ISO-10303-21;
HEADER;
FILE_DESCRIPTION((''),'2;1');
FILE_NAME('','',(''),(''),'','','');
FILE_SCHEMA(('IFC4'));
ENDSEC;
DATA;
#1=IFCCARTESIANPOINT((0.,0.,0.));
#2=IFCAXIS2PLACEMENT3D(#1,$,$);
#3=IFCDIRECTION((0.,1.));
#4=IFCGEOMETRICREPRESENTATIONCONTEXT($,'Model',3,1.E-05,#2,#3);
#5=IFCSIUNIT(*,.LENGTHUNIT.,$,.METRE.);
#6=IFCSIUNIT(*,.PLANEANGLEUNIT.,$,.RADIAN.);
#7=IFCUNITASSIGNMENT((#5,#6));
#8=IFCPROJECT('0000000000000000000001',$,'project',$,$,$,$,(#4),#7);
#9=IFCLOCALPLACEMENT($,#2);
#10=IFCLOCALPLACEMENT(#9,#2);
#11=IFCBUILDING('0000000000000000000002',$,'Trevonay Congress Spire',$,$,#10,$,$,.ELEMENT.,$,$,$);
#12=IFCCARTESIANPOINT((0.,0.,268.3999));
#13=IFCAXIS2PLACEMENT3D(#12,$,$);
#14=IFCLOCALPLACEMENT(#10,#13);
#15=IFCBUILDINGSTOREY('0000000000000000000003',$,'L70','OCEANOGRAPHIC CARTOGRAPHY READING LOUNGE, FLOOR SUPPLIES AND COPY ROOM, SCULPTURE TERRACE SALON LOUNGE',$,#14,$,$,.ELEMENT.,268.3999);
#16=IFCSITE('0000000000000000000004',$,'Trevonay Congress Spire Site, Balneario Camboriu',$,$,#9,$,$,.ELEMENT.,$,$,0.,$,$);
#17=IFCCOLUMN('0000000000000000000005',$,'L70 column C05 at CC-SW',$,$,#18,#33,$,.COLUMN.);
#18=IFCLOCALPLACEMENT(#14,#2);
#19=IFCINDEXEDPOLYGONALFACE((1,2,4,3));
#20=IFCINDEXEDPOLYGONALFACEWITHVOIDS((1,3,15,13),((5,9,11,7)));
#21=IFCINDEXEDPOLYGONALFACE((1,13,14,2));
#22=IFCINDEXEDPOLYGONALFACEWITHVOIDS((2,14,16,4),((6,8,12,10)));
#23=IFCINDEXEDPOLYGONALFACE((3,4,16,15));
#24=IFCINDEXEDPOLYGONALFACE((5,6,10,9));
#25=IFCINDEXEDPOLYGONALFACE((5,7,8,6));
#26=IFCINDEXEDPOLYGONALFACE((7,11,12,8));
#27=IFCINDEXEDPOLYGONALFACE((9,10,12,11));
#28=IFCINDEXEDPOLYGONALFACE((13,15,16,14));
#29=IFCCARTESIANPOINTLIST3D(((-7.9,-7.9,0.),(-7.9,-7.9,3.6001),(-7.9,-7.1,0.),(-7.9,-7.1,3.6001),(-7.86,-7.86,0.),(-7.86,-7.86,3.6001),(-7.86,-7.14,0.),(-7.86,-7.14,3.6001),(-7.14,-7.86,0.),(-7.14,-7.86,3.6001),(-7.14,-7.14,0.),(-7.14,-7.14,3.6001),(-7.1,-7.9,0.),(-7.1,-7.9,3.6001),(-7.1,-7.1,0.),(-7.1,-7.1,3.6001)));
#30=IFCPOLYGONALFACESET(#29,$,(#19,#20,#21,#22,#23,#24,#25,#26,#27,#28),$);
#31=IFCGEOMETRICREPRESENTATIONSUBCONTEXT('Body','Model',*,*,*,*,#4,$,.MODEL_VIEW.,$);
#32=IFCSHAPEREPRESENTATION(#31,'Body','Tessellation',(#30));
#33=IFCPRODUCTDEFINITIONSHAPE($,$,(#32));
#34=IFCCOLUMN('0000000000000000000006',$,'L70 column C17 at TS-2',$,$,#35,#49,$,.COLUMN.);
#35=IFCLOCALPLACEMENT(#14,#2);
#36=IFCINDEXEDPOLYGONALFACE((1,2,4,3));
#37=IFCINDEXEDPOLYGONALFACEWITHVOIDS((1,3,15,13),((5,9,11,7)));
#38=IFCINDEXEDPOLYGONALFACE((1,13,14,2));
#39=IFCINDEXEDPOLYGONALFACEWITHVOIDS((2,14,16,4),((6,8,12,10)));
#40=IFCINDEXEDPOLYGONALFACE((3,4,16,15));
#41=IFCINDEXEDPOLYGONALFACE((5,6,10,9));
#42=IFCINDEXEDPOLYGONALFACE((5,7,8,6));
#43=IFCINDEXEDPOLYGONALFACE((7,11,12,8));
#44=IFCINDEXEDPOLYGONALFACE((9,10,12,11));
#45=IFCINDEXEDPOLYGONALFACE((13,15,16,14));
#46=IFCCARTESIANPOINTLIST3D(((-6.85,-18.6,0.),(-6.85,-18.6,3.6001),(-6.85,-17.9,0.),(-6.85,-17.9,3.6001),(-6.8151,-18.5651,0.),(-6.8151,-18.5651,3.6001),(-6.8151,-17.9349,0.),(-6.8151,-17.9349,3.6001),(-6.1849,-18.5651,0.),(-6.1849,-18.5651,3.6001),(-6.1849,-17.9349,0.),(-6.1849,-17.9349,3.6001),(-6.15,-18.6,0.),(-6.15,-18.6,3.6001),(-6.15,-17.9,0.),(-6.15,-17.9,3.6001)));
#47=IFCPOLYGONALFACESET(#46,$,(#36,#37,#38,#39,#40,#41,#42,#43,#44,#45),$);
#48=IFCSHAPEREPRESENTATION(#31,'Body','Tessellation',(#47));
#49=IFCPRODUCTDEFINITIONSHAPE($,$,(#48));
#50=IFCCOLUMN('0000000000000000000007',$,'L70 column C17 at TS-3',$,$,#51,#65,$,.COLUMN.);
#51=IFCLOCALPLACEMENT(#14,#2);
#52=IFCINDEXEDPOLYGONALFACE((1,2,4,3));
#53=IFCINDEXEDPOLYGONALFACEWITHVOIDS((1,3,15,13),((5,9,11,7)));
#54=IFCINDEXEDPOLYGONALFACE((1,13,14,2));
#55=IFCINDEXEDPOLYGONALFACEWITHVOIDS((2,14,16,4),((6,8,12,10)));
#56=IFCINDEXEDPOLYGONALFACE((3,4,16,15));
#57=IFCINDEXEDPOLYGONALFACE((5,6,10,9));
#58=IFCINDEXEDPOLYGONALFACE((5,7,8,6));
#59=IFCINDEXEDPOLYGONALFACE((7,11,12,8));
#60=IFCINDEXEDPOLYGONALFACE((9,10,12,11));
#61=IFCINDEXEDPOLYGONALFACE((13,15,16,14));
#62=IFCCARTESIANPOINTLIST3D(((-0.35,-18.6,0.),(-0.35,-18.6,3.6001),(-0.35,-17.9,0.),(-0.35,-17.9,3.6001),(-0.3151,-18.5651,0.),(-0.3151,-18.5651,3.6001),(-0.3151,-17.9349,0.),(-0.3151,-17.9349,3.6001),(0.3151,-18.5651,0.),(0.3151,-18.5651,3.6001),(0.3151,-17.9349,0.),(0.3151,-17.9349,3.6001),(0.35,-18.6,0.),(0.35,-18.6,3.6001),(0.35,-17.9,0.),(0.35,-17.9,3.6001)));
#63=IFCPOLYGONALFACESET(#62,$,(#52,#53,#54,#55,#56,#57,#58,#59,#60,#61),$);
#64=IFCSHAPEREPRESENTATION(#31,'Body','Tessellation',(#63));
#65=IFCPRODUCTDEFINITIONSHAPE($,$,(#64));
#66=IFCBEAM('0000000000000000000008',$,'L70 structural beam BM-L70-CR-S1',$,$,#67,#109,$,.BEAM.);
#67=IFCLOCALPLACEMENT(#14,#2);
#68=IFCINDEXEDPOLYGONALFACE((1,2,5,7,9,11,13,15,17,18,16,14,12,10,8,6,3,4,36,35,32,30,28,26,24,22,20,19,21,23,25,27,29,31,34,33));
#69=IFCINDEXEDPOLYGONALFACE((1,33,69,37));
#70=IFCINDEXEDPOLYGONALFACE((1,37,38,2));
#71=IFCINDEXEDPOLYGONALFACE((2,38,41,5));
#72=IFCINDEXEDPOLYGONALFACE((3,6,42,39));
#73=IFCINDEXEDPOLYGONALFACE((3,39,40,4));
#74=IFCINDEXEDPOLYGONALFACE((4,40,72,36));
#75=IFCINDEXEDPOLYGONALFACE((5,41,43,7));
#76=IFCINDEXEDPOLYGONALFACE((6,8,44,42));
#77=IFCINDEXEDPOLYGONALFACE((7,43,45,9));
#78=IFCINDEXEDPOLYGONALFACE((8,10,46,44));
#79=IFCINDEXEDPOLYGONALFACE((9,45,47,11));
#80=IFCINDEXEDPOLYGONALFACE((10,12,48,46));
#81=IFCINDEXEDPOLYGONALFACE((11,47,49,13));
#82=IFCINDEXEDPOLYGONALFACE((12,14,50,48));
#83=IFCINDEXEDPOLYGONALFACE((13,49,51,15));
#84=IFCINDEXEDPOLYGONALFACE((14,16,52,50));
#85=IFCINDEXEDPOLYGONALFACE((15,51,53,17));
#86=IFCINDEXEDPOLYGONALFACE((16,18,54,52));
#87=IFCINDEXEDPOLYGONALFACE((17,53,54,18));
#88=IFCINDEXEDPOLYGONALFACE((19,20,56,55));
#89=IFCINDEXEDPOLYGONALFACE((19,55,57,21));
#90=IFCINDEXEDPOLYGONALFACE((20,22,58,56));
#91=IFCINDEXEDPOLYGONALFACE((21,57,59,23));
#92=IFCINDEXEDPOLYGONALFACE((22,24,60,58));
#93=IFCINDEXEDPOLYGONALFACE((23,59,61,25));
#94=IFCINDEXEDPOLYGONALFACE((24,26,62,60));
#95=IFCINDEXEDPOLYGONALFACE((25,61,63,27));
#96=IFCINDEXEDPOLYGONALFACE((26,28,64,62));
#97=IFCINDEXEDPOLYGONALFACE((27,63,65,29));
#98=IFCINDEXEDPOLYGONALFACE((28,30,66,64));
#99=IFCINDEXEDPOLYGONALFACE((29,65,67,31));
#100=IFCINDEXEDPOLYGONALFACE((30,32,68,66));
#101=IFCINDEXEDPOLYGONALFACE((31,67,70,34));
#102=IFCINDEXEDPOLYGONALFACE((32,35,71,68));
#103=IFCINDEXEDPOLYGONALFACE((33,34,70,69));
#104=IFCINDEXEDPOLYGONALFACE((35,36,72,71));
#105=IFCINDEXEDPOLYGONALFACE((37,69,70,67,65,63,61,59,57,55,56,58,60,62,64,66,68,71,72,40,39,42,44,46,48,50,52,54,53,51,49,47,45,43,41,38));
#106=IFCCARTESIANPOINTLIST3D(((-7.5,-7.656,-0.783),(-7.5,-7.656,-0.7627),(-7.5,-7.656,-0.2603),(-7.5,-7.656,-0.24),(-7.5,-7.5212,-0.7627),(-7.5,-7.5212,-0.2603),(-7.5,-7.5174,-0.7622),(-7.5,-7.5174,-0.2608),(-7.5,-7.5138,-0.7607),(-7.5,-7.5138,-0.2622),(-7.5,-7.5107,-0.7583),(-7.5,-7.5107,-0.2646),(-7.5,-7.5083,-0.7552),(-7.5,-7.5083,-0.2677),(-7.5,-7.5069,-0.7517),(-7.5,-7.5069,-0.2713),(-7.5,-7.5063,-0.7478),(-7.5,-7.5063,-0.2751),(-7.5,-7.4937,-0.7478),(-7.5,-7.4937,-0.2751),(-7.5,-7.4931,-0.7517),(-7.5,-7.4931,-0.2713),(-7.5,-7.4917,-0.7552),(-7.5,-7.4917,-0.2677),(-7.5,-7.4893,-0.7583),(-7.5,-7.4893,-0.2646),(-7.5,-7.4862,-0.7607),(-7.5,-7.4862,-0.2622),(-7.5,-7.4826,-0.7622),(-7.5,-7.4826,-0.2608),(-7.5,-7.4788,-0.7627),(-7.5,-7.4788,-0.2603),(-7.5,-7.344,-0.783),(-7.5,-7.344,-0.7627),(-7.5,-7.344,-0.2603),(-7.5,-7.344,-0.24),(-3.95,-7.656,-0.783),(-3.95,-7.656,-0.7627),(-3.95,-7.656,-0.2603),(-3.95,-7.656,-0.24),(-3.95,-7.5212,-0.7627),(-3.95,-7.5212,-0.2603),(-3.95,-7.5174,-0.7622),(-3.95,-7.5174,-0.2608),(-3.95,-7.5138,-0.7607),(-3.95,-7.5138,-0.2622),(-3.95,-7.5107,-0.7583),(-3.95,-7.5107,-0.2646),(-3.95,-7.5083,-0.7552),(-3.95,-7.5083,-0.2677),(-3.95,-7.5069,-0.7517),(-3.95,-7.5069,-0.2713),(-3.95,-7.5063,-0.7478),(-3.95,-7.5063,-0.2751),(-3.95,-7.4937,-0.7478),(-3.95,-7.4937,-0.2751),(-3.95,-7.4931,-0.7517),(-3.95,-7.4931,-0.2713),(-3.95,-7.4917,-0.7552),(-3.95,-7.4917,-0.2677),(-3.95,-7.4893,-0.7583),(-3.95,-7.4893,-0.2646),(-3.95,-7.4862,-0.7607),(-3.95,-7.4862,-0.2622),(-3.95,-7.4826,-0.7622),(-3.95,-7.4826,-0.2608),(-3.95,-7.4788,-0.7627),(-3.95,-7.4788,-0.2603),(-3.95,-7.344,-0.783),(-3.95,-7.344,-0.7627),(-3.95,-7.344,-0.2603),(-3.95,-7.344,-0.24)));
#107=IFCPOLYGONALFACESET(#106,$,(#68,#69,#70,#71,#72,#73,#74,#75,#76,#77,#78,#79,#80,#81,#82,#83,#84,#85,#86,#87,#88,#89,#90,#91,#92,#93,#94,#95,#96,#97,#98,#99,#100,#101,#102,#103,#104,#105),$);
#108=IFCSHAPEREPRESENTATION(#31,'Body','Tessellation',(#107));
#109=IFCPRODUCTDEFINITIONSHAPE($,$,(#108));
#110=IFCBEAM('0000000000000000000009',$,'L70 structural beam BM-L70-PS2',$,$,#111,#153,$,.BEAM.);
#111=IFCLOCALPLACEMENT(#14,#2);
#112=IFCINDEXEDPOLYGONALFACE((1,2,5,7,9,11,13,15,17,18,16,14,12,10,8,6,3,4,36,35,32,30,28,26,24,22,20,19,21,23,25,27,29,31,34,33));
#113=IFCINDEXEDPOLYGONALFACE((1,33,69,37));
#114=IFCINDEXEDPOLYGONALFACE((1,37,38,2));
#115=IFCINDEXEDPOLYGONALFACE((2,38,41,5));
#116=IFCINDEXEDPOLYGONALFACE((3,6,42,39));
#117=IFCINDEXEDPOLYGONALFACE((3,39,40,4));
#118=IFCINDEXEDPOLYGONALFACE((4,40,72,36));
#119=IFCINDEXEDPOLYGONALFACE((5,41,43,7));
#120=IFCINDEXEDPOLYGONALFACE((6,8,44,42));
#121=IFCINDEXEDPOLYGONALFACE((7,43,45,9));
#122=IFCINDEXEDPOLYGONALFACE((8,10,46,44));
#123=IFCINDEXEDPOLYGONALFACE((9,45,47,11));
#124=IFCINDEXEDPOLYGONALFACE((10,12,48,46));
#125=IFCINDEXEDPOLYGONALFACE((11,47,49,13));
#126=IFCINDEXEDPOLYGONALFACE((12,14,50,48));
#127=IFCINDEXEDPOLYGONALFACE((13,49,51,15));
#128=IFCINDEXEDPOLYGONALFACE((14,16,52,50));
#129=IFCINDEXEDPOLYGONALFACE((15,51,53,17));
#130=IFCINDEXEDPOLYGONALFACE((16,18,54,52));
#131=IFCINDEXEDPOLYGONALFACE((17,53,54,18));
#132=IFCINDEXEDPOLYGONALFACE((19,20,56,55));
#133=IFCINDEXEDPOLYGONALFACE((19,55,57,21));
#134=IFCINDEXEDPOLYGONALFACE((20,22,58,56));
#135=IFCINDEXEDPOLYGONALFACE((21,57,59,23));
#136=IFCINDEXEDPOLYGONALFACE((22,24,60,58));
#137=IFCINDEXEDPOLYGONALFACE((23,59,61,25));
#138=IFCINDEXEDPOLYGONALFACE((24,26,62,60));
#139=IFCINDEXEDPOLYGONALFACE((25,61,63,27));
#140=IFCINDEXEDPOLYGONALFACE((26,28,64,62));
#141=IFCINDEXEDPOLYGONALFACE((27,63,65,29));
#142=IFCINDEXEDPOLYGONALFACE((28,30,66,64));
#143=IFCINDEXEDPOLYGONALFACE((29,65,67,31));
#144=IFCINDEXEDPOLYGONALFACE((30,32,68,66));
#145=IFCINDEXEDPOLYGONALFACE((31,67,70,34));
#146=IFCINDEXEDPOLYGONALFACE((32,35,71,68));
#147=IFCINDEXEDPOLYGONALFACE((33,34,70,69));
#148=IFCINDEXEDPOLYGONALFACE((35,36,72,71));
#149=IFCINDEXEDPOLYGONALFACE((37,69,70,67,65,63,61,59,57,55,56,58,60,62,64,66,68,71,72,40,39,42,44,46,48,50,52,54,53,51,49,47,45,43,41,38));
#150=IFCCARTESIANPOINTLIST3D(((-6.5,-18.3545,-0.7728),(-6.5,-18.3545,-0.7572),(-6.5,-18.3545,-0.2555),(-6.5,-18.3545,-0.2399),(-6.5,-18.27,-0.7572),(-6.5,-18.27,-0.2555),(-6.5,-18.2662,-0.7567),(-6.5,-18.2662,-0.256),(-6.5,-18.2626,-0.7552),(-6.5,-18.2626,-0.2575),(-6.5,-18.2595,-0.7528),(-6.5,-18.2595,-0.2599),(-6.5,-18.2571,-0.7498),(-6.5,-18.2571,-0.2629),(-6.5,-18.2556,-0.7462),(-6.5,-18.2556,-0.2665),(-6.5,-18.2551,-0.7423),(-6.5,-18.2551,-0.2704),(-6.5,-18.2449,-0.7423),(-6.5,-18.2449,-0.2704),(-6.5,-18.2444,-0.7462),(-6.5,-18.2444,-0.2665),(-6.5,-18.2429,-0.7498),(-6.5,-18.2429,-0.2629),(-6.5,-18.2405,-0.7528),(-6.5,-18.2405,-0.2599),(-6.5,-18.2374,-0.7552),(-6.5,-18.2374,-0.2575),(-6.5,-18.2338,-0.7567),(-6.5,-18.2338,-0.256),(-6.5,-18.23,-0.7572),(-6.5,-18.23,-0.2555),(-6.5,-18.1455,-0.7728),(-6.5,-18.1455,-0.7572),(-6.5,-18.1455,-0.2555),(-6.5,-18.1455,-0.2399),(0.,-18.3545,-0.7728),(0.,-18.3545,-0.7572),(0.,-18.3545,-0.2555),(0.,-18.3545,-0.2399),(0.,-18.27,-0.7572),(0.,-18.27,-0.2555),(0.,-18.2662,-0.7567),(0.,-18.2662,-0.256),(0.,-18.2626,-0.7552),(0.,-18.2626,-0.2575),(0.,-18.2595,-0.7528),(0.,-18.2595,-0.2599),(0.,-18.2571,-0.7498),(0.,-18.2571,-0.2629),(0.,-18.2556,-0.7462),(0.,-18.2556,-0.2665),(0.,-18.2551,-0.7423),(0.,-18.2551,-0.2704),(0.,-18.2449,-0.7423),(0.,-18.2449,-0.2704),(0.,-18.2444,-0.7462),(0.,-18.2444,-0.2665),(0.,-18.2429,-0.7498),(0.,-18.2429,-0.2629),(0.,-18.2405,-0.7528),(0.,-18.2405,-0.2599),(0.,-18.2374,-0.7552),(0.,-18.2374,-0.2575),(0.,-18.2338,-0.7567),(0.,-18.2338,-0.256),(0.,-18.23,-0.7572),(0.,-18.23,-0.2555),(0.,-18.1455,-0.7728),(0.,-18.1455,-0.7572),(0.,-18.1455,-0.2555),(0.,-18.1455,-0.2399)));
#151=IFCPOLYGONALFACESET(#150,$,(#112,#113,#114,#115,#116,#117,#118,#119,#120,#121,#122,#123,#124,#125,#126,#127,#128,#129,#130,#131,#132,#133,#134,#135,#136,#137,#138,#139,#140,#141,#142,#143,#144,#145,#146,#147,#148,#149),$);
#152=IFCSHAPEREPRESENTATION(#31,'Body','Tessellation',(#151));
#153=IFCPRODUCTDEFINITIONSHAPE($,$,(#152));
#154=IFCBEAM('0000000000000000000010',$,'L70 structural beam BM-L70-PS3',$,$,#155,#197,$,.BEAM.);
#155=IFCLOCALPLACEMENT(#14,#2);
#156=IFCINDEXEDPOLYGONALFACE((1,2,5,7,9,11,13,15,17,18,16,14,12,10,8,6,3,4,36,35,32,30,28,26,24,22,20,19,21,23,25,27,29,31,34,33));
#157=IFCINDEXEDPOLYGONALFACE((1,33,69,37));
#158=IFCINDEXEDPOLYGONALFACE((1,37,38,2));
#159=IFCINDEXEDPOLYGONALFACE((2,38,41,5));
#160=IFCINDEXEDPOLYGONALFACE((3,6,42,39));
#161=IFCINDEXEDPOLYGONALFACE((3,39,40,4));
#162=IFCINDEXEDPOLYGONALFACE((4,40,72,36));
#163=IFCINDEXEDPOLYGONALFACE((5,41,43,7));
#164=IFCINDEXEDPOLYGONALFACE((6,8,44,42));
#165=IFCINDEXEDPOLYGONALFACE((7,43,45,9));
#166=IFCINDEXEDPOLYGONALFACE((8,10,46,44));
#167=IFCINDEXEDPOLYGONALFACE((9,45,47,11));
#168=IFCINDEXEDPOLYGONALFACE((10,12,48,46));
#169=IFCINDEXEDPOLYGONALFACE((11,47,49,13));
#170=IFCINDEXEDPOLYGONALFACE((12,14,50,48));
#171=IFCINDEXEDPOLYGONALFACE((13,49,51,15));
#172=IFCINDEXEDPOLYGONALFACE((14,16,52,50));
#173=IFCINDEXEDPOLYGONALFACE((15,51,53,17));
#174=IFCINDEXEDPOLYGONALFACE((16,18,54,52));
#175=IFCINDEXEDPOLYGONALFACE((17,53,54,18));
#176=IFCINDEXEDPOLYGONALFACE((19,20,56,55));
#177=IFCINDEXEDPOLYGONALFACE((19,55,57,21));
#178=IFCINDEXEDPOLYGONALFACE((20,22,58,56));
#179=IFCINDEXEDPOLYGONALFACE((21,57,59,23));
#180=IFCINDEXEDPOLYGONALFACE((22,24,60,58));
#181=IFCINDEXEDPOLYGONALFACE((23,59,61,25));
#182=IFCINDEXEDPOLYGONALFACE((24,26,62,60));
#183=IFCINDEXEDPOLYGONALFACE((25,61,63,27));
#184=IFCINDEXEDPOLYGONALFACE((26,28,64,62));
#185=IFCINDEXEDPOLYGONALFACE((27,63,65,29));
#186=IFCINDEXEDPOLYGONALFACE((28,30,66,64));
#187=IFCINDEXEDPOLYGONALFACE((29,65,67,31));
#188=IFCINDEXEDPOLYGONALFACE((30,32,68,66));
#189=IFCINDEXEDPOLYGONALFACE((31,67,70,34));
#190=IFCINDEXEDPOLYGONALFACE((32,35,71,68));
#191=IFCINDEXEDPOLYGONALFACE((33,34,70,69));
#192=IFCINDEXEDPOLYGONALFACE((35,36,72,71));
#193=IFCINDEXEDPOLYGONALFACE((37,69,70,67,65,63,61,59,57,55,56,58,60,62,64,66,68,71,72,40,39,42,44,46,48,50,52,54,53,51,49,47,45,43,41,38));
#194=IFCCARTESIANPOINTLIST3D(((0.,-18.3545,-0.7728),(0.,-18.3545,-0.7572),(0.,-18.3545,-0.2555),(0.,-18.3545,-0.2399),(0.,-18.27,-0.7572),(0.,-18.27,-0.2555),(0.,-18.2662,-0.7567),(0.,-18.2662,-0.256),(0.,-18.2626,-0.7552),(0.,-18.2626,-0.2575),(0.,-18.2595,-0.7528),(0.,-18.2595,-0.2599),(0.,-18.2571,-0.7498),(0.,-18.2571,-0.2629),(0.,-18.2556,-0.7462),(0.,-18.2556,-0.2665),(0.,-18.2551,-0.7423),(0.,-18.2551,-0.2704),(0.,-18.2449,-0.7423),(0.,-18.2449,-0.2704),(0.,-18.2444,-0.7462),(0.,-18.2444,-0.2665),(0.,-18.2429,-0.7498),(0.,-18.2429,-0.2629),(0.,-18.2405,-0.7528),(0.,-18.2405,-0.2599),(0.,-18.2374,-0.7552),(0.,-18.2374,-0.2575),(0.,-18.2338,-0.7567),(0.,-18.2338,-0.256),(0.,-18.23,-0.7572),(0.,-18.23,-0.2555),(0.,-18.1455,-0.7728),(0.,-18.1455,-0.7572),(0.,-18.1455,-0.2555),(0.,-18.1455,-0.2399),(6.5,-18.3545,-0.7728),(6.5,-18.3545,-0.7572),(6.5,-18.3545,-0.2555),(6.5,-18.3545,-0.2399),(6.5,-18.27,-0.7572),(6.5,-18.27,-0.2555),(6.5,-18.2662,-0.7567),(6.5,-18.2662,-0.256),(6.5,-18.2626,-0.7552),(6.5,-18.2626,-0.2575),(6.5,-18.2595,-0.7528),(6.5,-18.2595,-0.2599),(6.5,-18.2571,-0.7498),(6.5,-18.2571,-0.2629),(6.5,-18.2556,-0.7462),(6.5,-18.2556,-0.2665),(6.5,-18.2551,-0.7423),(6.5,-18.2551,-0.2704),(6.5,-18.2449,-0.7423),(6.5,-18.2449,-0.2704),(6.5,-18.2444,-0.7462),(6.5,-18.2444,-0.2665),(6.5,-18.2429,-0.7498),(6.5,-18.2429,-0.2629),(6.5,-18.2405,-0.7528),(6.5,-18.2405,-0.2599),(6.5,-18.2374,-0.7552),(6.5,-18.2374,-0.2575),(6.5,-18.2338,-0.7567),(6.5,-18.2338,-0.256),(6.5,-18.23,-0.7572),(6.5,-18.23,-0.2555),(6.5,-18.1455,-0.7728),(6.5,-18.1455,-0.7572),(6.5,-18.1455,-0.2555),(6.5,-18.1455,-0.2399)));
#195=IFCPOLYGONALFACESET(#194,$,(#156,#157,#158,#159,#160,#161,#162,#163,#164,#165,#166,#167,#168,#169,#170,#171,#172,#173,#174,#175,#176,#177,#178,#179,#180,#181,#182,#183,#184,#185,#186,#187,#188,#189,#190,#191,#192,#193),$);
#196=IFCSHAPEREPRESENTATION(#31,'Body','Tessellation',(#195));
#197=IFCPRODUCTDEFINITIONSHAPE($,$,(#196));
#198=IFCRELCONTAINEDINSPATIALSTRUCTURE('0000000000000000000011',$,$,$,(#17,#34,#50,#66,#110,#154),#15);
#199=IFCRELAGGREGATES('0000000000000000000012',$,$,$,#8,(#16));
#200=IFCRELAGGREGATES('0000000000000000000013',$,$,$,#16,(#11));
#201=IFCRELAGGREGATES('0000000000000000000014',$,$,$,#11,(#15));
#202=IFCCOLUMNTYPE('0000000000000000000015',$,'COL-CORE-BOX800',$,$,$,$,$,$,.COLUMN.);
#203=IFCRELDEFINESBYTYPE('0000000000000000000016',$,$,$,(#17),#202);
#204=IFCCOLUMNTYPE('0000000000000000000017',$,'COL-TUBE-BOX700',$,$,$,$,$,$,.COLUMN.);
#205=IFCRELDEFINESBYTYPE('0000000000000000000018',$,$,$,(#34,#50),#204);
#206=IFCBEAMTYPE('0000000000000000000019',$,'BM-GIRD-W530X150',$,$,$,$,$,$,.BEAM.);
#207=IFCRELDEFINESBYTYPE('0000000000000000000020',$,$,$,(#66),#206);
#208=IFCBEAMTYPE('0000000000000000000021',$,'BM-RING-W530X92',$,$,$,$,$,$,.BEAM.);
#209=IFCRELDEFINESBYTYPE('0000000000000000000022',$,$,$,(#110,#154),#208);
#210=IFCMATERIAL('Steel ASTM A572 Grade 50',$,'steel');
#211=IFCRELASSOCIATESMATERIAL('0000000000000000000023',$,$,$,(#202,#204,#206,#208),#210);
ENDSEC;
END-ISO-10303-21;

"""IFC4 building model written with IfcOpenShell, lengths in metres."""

from ifc_helpers import new_model, si_unit, direction, frame, origin, origin_2d, place, context, subcontext, project, spatial, hollow_rectangle, i_section, extrude, material, material_profile, profile_set, type_object, element, save


model = new_model("IFC4")

# Units and contexts
model_context = context("Model", 3, precision=1e-05, world=origin(), true_north=direction((0.0, 1.0)))
body_context = subcontext(model_context, "Body", "Model", "MODEL_VIEW")
ifc_project = project(units=[si_unit("LENGTHUNIT", "METRE"), si_unit("PLANEANGLEUNIT", "RADIAN")], contexts=[model_context])

# Site, building, storey
site_placement = place(None, origin())
site = spatial("IfcSite", under=ifc_project, at=site_placement, Name="Trevonay Congress Spire Site, Balneario Camboriu", CompositionType="ELEMENT", RefElevation=0.0)
building_placement = place(site_placement, origin())
building = spatial("IfcBuilding", under=site, at=building_placement, Name="Trevonay Congress Spire", CompositionType="ELEMENT")
storey_placement = place(building_placement, frame((0.0, 0.0, 268.3999)))
storey = spatial("IfcBuildingStorey", under=building, at=storey_placement, Name="L70", Description="OCEANOGRAPHIC CARTOGRAPHY READING LOUNGE, FLOOR SUPPLIES AND COPY ROOM, SCULPTURE TERRACE SALON LOUNGE", CompositionType="ELEMENT", Elevation=268.3999)

# Columns
ifc_material_1 = material(Name="Steel ASTM A572 Grade 50", Category="steel")
ifc_material_profile_1 = material_profile(ifc_material_1, hollow_rectangle(XDim=0.8, YDim=0.8, WallThickness=0.04, at=origin_2d()), Name="BOX 800x800x40")
ifc_profile_set_1 = profile_set([ifc_material_profile_1], Name="Steel ASTM A572 Grade 50")
column_type_1 = type_object("IfcColumnType", Name="COL-CORE-BOX800", PredefinedType="COLUMN", material=ifc_profile_set_1)
column_placement = place(storey_placement, frame((-7.5, -7.5, 0.0), z_axis=(0.0, 0.0, 1.0), x_axis=(1.0, 0.0, 0.0)))
element("IfcColumn", 1, at=column_placement, inside=storey, type_object=column_type_1, Name="L70 column C05 at CC-SW", PredefinedType="COLUMN", context=body_context, shape_type="SweptSolid", body=[
    extrude(hollow_rectangle(XDim=0.8, YDim=0.8, WallThickness=0.04, at=origin_2d()), origin(), (0.0, 0.0, 1.0), 3.6001),
])
ifc_material_profile_2 = material_profile(ifc_material_1, hollow_rectangle(XDim=0.7, YDim=0.7, WallThickness=0.0349, at=origin_2d()), Name="BOX 700x700x35")
ifc_profile_set_2 = profile_set([ifc_material_profile_2], Name="Steel ASTM A572 Grade 50")
column_type_2 = type_object("IfcColumnType", Name="COL-TUBE-BOX700", PredefinedType="COLUMN", material=ifc_profile_set_2)
for number, where, z_axis, x_axis, name in (
    (2, (-6.5, -18.25, 0.0), (0.0, 0.0, 1.0), (1.0, 0.0, 0.0), "L70 column C17 at TS-2"),
    (3, (0.0, -18.25, 0.0), (0.0, 0.0, 1.0), (1.0, 0.0, 0.0), "L70 column C17 at TS-3"),
):
    element("IfcColumn", number, at=place(storey_placement, frame(where, z_axis=z_axis, x_axis=x_axis)), inside=storey, type_object=column_type_2, Name=name, PredefinedType="COLUMN", context=body_context, shape_type="SweptSolid", body=[
        extrude(hollow_rectangle(XDim=0.7, YDim=0.7, WallThickness=0.0349, at=origin_2d()), origin(), (0.0, 0.0, 1.0), 3.6001),
    ])

# Beams
ifc_material_profile_3 = material_profile(ifc_material_1, i_section(OverallWidth=0.312, OverallDepth=0.543, WebThickness=0.0127, FlangeThickness=0.0203, FilletRadius=0.0149, at=origin_2d()), Name="W530x150")
ifc_profile_set_3 = profile_set([ifc_material_profile_3], Name="Steel ASTM A572 Grade 50")
beam_type_1 = type_object("IfcBeamType", Name="BM-GIRD-W530X150", PredefinedType="BEAM", material=ifc_profile_set_3)
beam_1_placement = place(storey_placement, frame((-7.5, -7.5, -0.5115), z_axis=(1.0, 0.0, 0.0), x_axis=(0.0, 1.0, 0.0)))
element("IfcBeam", 4, at=beam_1_placement, inside=storey, type_object=beam_type_1, Name="L70 structural beam BM-L70-CR-S1", PredefinedType="BEAM", context=body_context, shape_type="SweptSolid", body=[
    extrude(i_section(OverallWidth=0.312, OverallDepth=0.543, WebThickness=0.0127, FlangeThickness=0.0203, FilletRadius=0.0149, at=origin_2d()), origin(), (0.0, 0.0, 1.0), 3.55),
])
ifc_material_profile_4 = material_profile(ifc_material_1, i_section(OverallWidth=0.209, OverallDepth=0.533, WebThickness=0.0103, FlangeThickness=0.0156, FilletRadius=0.0149, at=origin_2d()), Name="W530x92")
ifc_profile_set_4 = profile_set([ifc_material_profile_4], Name="Steel ASTM A572 Grade 50")
beam_type_2 = type_object("IfcBeamType", Name="BM-RING-W530X92", PredefinedType="BEAM", material=ifc_profile_set_4)
for number, where, z_axis, x_axis, name in (
    (5, (-6.5, -18.25, -0.5063), (1.0, 0.0, 0.0), (0.0, 1.0, 0.0), "L70 structural beam BM-L70-PS2"),
    (6, (0.0, -18.25, -0.5063), (1.0, 0.0, 0.0), (0.0, 1.0, 0.0), "L70 structural beam BM-L70-PS3"),
):
    element("IfcBeam", number, at=place(storey_placement, frame(where, z_axis=z_axis, x_axis=x_axis)), inside=storey, type_object=beam_type_2, Name=name, PredefinedType="BEAM", context=body_context, shape_type="SweptSolid", body=[
        extrude(i_section(OverallWidth=0.209, OverallDepth=0.533, WebThickness=0.0103, FlangeThickness=0.0156, FilletRadius=0.0149, at=origin_2d()), origin(), (0.0, 0.0, 1.0), 6.5),
    ])

save(model, "model.ifc")
